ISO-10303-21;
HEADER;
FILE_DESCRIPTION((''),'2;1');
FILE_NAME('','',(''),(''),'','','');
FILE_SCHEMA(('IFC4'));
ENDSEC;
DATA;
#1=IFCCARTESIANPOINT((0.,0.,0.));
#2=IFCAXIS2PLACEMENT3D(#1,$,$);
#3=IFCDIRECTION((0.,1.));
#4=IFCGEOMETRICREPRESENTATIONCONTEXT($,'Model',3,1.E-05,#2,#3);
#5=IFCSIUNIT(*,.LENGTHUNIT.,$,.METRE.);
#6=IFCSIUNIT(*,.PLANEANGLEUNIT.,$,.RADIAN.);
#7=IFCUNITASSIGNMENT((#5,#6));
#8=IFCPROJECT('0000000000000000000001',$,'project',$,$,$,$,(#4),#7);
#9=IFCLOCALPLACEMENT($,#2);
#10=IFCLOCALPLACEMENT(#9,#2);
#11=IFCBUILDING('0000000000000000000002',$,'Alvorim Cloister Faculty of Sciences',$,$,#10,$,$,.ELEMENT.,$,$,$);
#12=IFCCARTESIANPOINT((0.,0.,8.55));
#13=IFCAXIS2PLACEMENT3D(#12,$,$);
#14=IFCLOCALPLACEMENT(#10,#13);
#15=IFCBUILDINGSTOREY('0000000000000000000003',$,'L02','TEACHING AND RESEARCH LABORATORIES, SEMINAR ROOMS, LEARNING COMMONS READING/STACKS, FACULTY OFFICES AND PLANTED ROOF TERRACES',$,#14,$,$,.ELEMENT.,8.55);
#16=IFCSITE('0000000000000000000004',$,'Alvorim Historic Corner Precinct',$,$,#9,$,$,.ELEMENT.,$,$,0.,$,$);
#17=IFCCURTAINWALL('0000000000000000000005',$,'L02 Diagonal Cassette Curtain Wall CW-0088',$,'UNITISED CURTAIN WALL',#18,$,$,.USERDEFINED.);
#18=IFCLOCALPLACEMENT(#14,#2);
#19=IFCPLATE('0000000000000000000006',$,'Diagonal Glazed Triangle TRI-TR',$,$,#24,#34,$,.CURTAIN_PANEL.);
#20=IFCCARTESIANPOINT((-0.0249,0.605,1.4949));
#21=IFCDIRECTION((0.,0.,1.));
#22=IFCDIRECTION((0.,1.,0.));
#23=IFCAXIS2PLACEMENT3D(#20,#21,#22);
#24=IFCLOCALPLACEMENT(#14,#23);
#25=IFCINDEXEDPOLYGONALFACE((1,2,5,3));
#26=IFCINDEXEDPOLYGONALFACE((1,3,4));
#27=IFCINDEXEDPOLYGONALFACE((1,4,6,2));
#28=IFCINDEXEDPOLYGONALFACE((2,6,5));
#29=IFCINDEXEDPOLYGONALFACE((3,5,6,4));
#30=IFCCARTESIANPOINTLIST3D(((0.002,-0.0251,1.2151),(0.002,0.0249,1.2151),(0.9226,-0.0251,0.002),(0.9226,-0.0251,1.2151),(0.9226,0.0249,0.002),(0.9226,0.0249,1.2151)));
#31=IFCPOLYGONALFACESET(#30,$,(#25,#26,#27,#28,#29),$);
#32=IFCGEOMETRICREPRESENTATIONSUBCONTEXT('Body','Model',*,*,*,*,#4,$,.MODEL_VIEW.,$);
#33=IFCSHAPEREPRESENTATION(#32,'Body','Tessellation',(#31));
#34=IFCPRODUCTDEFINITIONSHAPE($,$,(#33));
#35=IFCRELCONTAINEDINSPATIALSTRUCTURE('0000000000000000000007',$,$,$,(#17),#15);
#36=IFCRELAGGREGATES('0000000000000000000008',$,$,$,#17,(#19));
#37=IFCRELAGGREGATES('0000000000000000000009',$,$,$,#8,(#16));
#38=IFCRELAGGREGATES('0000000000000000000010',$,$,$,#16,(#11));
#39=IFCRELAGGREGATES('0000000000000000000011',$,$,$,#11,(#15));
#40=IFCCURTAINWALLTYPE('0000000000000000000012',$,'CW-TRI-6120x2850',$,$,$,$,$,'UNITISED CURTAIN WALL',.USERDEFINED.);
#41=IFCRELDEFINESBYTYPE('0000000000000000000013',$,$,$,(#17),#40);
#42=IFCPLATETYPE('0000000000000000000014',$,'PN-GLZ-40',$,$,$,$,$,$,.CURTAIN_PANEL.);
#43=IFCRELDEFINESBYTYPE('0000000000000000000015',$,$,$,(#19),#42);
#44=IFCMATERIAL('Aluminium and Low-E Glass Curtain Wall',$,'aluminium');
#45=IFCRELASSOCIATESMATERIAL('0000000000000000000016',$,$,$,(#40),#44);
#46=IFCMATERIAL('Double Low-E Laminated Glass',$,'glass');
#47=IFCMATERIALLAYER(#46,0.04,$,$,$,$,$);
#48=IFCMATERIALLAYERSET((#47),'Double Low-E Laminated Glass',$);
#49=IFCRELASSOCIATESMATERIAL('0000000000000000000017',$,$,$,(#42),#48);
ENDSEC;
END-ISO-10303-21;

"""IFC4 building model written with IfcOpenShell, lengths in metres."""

from ifc_helpers import new_model, si_unit, direction, frame, origin, place, context, subcontext, project, spatial, polyline, outline, extrude, material, layer, layer_set, type_object, element, aggregate, save


model = new_model("IFC4")

# Units and contexts
model_context = context("Model", 3, precision=1e-05, world=origin(), true_north=direction((0.0, 1.0)))
body_context = subcontext(model_context, "Body", "Model", "MODEL_VIEW")
ifc_project = project(units=[si_unit("LENGTHUNIT", "METRE"), si_unit("PLANEANGLEUNIT", "RADIAN")], contexts=[model_context])

# Site, building, storey
site_placement = place(None, origin())
site = spatial("IfcSite", under=ifc_project, at=site_placement, Name="Alvorim Historic Corner Precinct", CompositionType="ELEMENT", RefElevation=0.0)
building_placement = place(site_placement, origin())
building = spatial("IfcBuilding", under=site, at=building_placement, Name="Alvorim Cloister Faculty of Sciences", CompositionType="ELEMENT")
storey_placement = place(building_placement, frame((0.0, 0.0, 8.55)))
storey = spatial("IfcBuildingStorey", under=building, at=storey_placement, Name="L02", Description="TEACHING AND RESEARCH LABORATORIES, SEMINAR ROOMS, LEARNING COMMONS READING/STACKS, FACULTY OFFICES AND PLANTED ROOF TERRACES", CompositionType="ELEMENT", Elevation=8.55)

# Curtain wall, plate
ifc_material_1 = material(Name="Aluminium and Low-E Glass Curtain Wall", Category="aluminium")
curtain_wall_type = type_object("IfcCurtainWallType", Name="CW-TRI-6120x2850", ElementType="UNITISED CURTAIN WALL", PredefinedType="USERDEFINED", material=ifc_material_1)
curtain_wall_placement = place(storey_placement, origin())
curtain_wall = element("IfcCurtainWall", 1, at=curtain_wall_placement, inside=storey, type_object=curtain_wall_type, Name="L02 Diagonal Cassette Curtain Wall CW-0088", ObjectType="UNITISED CURTAIN WALL", PredefinedType="USERDEFINED")
ifc_material_2 = material(Name="Double Low-E Laminated Glass", Category="glass")
ifc_layer_1 = layer(ifc_material_2, 0.04)
ifc_layer_set_1 = layer_set([ifc_layer_1], Name="Double Low-E Laminated Glass")
plate_type = type_object("IfcPlateType", Name="PN-GLZ-40", PredefinedType="CURTAIN_PANEL", material=ifc_layer_set_1)
plate_1_placement = place(storey_placement, frame((-0.0249, 0.605, 1.4949), z_axis=(0.0, 0.0, 1.0), x_axis=(0.0, 1.0, 0.0)))
plate_1 = element("IfcPlate", 2, at=plate_1_placement, type_object=plate_type, Name="Diagonal Glazed Triangle TRI-TR", PredefinedType="CURTAIN_PANEL", context=body_context, shape_type="SweptSolid", body=[
    extrude(outline(polyline([(0.9226, 0.002), (0.9226, 1.2151), (0.002, 1.2151), (0.9226, 0.002)])), frame((0.0, 0.0249, 0.0), z_axis=(0.0, -1.0, 0.0), x_axis=(1.0, 0.0, 0.0)), (0.0, 0.0, 1.0), 0.05),
])
aggregate(curtain_wall, [plate_1])

save(model, "model.ifc")
